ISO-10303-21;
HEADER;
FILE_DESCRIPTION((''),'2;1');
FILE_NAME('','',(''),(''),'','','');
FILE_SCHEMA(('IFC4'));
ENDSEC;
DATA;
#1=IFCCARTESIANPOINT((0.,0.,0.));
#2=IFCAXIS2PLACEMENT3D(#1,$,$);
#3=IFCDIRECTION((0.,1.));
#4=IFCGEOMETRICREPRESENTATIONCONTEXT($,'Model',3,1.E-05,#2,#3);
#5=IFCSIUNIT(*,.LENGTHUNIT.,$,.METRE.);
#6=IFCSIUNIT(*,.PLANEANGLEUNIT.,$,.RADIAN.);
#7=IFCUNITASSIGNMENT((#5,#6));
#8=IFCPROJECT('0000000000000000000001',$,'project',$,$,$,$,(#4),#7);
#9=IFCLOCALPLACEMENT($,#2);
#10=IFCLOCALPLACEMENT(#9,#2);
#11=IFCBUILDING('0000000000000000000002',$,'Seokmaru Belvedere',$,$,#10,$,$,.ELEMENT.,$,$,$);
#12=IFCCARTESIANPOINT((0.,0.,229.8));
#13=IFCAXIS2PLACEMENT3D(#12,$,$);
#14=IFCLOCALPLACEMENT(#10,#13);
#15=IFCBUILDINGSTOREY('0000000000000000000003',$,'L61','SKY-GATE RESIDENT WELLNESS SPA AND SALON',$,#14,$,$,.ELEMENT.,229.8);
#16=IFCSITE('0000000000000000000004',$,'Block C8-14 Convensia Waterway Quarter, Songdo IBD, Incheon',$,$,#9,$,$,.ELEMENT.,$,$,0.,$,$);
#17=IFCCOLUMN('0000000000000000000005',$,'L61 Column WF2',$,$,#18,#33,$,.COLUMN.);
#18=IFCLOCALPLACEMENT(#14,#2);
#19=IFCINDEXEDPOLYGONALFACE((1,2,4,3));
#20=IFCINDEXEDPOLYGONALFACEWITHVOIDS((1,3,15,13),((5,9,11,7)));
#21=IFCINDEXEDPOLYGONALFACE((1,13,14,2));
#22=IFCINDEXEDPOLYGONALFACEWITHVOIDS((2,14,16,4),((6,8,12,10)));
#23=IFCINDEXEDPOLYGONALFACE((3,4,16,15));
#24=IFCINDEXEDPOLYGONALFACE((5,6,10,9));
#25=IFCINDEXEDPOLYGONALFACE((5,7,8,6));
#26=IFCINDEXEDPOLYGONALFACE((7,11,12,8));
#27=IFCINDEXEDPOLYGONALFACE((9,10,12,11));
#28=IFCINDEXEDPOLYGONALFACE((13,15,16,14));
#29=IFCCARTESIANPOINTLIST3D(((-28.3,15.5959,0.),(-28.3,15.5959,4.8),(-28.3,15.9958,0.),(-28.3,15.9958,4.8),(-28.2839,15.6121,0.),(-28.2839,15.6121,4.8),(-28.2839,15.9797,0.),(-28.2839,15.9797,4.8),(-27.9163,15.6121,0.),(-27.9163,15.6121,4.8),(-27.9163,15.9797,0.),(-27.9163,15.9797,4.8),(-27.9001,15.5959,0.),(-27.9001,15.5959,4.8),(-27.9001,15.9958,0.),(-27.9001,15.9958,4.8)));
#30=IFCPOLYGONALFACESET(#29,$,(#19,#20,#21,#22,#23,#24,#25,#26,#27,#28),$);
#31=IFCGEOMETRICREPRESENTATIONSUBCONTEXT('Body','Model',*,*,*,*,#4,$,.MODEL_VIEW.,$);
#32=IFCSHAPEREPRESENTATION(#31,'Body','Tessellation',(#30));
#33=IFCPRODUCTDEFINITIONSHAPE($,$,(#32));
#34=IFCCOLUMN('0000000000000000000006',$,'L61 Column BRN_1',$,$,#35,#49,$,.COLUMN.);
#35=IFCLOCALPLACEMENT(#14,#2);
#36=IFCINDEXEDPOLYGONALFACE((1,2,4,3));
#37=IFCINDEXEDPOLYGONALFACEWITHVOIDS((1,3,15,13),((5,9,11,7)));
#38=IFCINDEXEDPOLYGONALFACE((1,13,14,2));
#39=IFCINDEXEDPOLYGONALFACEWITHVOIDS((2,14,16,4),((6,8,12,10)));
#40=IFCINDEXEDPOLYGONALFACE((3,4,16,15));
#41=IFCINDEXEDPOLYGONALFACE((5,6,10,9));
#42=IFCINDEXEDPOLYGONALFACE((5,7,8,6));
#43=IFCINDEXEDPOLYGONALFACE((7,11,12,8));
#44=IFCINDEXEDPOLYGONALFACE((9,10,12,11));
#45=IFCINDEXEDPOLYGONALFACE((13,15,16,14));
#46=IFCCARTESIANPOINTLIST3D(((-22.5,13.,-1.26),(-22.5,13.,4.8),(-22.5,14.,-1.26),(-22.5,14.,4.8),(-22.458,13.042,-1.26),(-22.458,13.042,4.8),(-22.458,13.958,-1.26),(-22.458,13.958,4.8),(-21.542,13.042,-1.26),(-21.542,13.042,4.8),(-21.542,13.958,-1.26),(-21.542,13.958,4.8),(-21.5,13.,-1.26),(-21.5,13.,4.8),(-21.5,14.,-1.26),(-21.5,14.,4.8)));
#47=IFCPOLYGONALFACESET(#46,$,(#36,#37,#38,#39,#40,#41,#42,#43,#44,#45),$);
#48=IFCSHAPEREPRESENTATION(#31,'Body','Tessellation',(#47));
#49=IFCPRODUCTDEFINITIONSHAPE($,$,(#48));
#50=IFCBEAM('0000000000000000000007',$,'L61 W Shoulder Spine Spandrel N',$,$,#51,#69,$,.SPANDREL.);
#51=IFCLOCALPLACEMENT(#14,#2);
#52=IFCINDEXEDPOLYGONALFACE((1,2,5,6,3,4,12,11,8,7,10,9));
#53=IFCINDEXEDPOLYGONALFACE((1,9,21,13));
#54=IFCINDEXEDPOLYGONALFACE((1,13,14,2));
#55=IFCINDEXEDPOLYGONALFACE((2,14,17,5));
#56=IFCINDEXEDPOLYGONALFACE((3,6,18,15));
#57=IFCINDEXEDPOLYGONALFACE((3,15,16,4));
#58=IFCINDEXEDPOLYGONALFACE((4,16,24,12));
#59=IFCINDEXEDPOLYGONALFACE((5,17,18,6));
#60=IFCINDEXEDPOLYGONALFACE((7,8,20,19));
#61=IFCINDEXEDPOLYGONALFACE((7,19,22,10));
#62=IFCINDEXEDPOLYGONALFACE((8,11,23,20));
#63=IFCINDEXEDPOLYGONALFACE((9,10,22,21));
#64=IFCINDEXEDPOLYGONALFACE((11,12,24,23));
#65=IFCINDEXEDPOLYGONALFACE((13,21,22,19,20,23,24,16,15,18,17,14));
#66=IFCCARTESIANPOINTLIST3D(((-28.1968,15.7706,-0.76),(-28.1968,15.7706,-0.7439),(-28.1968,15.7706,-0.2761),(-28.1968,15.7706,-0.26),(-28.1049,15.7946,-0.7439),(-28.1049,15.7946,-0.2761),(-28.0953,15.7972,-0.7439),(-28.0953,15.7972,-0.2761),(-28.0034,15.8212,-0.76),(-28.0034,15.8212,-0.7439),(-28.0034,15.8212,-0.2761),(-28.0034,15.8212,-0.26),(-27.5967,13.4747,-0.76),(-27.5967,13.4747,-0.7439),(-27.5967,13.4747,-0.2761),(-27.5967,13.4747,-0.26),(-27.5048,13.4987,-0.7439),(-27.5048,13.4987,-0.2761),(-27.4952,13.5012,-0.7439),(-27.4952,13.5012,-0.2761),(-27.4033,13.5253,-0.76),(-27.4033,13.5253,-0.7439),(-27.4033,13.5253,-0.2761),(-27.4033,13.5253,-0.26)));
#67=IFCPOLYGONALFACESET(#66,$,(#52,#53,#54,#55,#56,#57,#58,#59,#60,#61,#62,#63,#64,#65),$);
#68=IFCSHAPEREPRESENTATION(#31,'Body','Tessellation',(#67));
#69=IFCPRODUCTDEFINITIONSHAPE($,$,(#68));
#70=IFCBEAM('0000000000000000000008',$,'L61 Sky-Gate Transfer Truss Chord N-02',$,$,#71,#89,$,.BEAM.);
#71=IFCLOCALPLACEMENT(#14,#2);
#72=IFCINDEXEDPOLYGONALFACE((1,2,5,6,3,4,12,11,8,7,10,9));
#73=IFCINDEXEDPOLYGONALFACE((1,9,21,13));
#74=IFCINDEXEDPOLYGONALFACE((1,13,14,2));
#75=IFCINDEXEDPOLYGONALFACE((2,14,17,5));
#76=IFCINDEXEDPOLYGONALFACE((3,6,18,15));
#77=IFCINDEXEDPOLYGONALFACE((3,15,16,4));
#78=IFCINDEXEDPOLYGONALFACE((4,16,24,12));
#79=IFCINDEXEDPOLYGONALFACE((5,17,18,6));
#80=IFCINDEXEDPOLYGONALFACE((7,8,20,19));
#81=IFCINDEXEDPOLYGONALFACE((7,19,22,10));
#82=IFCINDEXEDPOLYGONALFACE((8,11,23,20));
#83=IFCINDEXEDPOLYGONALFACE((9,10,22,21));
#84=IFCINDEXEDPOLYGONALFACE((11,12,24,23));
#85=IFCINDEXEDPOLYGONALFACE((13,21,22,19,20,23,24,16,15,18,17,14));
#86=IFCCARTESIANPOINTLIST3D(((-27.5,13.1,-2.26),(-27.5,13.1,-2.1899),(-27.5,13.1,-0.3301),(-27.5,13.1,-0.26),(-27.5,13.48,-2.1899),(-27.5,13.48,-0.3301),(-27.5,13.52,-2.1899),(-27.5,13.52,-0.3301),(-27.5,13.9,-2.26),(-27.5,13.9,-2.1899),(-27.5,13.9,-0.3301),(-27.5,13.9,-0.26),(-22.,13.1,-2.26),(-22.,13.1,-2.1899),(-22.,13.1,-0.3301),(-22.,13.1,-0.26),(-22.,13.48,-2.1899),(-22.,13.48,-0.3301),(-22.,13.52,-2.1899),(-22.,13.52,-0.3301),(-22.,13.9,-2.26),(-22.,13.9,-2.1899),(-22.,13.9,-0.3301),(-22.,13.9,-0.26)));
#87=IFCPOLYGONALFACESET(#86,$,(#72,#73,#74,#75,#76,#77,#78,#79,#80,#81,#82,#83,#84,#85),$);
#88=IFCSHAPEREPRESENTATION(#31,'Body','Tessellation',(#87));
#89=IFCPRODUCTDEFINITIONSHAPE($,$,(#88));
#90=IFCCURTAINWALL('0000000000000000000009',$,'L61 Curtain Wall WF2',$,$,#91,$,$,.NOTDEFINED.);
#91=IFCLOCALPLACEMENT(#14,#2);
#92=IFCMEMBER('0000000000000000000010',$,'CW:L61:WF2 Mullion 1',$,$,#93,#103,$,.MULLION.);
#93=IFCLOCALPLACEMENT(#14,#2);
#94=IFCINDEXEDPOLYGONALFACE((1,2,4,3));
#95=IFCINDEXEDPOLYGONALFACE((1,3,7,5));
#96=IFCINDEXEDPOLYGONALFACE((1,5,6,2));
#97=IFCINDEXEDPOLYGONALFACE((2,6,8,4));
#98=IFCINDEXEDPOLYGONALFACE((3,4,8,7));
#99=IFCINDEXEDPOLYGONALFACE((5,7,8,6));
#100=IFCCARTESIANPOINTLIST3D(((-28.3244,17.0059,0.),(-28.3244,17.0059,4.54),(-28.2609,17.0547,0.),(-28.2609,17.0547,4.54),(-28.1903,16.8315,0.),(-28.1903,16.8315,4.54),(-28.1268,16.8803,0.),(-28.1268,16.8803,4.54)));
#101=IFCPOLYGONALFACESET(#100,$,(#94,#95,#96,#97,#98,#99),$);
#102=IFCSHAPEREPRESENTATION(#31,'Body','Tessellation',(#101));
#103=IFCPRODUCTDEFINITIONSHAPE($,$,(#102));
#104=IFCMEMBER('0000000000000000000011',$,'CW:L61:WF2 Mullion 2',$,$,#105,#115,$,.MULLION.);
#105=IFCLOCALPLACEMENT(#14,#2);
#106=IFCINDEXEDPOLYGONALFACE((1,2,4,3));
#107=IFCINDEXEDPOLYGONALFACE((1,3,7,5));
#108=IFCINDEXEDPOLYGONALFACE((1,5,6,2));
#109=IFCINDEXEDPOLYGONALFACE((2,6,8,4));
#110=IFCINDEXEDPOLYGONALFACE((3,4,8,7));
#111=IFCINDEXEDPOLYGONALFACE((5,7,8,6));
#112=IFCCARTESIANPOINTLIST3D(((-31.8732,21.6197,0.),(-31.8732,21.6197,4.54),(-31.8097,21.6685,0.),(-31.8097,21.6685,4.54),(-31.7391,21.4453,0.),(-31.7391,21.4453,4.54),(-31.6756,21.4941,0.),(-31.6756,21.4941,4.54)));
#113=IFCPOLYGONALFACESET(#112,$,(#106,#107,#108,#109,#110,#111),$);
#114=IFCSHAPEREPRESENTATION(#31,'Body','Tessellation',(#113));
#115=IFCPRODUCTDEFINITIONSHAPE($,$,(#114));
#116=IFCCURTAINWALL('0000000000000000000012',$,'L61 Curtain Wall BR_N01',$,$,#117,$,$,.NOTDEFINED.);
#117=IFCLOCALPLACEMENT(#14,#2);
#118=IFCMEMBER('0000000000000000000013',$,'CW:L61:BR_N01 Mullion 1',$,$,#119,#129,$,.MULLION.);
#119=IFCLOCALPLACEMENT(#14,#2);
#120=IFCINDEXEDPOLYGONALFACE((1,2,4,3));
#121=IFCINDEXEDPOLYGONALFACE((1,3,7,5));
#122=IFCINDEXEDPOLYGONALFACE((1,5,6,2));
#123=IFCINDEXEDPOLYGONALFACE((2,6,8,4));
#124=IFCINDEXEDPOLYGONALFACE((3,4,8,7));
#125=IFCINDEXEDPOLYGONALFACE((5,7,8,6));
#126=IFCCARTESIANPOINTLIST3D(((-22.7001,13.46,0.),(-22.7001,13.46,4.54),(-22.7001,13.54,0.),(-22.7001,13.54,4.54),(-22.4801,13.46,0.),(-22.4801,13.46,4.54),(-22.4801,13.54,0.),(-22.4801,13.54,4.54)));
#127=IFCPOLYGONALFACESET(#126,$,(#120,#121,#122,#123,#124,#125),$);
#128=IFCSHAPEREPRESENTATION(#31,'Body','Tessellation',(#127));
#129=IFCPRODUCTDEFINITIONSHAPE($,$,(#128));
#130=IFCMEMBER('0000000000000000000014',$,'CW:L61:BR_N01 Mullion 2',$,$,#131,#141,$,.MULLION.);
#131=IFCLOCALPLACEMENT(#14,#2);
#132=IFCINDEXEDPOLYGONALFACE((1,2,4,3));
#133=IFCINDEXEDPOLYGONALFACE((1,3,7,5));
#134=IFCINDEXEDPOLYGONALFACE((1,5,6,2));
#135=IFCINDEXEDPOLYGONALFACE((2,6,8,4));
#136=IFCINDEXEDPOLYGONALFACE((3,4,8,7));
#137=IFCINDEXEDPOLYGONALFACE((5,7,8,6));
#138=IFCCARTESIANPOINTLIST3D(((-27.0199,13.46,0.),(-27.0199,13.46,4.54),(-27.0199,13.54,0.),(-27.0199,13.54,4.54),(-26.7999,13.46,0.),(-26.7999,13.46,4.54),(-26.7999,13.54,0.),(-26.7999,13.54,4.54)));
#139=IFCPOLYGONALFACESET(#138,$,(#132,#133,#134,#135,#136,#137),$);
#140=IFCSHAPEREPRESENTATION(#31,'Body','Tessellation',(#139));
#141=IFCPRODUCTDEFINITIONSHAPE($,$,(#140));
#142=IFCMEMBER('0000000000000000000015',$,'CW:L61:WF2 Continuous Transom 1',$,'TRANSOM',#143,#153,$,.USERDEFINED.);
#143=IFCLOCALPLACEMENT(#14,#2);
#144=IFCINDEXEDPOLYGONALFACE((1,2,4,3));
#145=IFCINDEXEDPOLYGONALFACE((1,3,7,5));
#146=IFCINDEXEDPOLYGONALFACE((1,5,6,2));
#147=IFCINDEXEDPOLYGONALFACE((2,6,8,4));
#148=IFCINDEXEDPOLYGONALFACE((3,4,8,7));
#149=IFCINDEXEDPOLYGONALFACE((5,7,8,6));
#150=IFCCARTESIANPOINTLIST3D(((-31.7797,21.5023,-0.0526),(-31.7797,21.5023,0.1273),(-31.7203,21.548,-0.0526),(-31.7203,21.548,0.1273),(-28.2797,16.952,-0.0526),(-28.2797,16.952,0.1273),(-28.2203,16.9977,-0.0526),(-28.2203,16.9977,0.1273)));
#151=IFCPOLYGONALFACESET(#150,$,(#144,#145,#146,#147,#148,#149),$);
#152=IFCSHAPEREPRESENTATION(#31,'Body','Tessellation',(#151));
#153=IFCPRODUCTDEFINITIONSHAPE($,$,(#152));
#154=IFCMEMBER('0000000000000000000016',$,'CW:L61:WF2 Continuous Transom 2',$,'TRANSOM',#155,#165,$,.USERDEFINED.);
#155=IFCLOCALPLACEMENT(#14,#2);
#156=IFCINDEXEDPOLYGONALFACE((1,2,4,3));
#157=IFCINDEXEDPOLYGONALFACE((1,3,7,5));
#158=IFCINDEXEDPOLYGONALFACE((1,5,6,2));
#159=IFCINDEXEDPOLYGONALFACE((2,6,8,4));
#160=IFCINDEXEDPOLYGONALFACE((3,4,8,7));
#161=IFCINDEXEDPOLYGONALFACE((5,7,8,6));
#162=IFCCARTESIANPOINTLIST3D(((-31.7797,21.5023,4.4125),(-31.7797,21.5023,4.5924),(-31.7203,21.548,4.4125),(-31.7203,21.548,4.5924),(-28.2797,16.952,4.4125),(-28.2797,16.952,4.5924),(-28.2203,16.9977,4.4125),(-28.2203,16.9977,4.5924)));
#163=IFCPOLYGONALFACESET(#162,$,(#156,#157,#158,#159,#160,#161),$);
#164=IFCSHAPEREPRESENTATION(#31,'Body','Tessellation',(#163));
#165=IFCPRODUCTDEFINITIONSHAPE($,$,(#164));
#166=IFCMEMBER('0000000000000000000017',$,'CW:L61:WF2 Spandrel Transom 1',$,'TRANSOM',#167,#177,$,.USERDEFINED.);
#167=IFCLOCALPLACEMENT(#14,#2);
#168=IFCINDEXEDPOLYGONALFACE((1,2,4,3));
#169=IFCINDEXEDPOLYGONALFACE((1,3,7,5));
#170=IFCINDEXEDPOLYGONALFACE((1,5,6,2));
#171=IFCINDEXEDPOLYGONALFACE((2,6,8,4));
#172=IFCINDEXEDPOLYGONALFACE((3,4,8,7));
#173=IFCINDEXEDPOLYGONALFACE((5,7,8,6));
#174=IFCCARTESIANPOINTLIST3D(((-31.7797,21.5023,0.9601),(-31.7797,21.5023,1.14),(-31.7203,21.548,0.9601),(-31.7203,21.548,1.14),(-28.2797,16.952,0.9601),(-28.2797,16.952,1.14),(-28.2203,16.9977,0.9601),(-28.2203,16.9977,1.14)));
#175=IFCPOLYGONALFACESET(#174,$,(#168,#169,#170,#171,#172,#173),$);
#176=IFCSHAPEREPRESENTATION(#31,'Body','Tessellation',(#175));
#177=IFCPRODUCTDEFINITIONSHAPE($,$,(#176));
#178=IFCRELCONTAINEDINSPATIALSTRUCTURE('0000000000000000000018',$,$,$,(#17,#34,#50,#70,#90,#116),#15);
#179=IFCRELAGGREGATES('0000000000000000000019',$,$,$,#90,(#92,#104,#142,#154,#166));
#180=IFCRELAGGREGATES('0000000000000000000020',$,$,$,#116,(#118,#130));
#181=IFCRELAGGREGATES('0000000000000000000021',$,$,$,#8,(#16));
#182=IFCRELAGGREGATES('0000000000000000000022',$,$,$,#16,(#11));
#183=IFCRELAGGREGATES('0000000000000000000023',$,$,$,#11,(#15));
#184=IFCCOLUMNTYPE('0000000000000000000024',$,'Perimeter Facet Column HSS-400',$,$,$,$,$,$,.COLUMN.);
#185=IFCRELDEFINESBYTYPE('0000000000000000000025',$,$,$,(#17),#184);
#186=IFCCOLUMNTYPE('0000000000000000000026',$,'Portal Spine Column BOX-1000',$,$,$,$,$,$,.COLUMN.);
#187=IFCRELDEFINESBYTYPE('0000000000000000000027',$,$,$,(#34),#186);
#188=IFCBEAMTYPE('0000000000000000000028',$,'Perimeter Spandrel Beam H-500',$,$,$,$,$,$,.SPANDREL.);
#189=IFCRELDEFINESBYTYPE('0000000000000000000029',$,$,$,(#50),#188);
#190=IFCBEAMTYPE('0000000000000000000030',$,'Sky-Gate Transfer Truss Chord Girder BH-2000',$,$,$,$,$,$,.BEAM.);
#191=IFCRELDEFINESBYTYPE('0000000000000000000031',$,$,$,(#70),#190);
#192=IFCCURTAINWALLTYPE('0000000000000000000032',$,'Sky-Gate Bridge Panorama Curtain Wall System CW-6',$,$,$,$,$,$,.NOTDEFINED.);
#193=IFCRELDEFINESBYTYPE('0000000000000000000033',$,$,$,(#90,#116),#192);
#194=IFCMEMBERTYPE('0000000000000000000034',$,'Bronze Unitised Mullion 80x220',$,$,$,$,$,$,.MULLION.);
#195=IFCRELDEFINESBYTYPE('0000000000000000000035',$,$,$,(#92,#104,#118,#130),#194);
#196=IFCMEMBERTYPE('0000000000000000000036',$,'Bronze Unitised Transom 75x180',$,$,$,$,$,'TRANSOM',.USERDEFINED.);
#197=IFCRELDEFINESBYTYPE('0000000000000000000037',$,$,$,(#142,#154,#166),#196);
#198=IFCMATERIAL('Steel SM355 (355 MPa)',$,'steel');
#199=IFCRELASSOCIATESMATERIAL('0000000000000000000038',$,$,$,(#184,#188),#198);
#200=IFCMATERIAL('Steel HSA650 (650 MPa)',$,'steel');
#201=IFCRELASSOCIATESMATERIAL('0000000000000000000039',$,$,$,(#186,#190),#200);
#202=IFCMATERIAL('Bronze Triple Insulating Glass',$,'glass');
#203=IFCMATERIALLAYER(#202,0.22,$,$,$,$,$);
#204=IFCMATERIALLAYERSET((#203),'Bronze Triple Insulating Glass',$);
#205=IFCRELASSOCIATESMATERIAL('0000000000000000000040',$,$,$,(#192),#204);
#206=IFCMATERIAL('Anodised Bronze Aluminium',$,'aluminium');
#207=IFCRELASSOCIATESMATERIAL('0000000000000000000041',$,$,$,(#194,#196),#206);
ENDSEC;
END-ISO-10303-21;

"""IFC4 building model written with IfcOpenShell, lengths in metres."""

from ifc_helpers import new_model, si_unit, direction, frame, origin, origin_2d, place, context, subcontext, project, spatial, rectangle, hollow_rectangle, i_section, extrude, source, transform, mapped, material, layer, layer_set, material_profile, profile_set, type_object, type_shapes, element, aggregate, save


model = new_model("IFC4")

# Units and contexts
model_context = context("Model", 3, precision=1e-05, world=origin(), true_north=direction((0.0, 1.0)))
body_context = subcontext(model_context, "Body", "Model", "MODEL_VIEW")
ifc_project = project(units=[si_unit("LENGTHUNIT", "METRE"), si_unit("PLANEANGLEUNIT", "RADIAN")], contexts=[model_context])

# Site, building, storey
site_placement = place(None, origin())
site = spatial("IfcSite", under=ifc_project, at=site_placement, Name="Block C8-14 Convensia Waterway Quarter, Songdo IBD, Incheon", CompositionType="ELEMENT", RefElevation=0.0)
building_placement = place(site_placement, origin())
building = spatial("IfcBuilding", under=site, at=building_placement, Name="Seokmaru Belvedere", CompositionType="ELEMENT")
storey_placement = place(building_placement, frame((0.0, 0.0, 229.8)))
storey = spatial("IfcBuildingStorey", under=building, at=storey_placement, Name="L61", Description="SKY-GATE RESIDENT WELLNESS SPA AND SALON", CompositionType="ELEMENT", Elevation=229.8)

# Columns
ifc_material_1 = material(Name="Steel SM355 (355 MPa)", Category="steel")
ifc_material_profile_1 = material_profile(ifc_material_1, hollow_rectangle(XDim=0.3999, YDim=0.3999, WallThickness=0.0161, at=origin_2d()), Name="HSS-400x400x16")
ifc_profile_set_1 = profile_set([ifc_material_profile_1], Name="Steel SM355 (355 MPa)")
column_type_1 = type_object("IfcColumnType", Name="Perimeter Facet Column HSS-400", PredefinedType="COLUMN", material=ifc_profile_set_1)
shared_shape_1 = source(origin(), body_context, "Body", "SweptSolid", [
    extrude(hollow_rectangle(XDim=0.3999, YDim=0.3999, WallThickness=0.0161, at=origin_2d()), origin(), (0.0, 0.0, 1.0), 4.8),
])
type_shapes(column_type_1, [shared_shape_1])
column_1_placement = place(storey_placement, frame((-28.1001, 15.7959, 0.0), z_axis=(0.0, 0.0, 1.0), x_axis=(1.0, 0.0, 0.0)))
element("IfcColumn", 1, at=column_1_placement, inside=storey, type_object=column_type_1, Name="L61 Column WF2", PredefinedType="COLUMN", context=body_context, shape_type="MappedRepresentation", body=[
    mapped(shared_shape_1, transform((0.0, 0.0, 0.0), scale=1.0)),
])
ifc_material_2 = material(Name="Steel HSA650 (650 MPa)", Category="steel")
ifc_material_profile_2 = material_profile(ifc_material_2, hollow_rectangle(XDim=1.0, YDim=1.0, WallThickness=0.042, at=origin_2d()), Name="BOX-1000x1000x42")
ifc_profile_set_2 = profile_set([ifc_material_profile_2], Name="Steel HSA650 (650 MPa)")
column_type_2 = type_object("IfcColumnType", Name="Portal Spine Column BOX-1000", PredefinedType="COLUMN", material=ifc_profile_set_2)
shared_shape_2 = source(origin(), body_context, "Body", "SweptSolid", [
    extrude(hollow_rectangle(XDim=1.0, YDim=1.0, WallThickness=0.042, at=origin_2d()), origin(), (0.0, 0.0, 1.0), 6.0601),
])
type_shapes(column_type_2, [shared_shape_2])
column_2_placement = place(storey_placement, frame((-22.0, 13.5, -1.26), z_axis=(0.0, 0.0, 1.0), x_axis=(1.0, 0.0, 0.0)))
element("IfcColumn", 2, at=column_2_placement, inside=storey, type_object=column_type_2, Name="L61 Column BRN_1", PredefinedType="COLUMN", context=body_context, shape_type="MappedRepresentation", body=[
    mapped(shared_shape_2, transform((0.0, 0.0, 0.0), scale=1.0)),
])

# Beams
ifc_material_profile_3 = material_profile(ifc_material_1, i_section(OverallWidth=0.2, OverallDepth=0.5, WebThickness=0.01, FlangeThickness=0.0161, at=origin_2d()), Name="H-500x200x10x16")
ifc_profile_set_3 = profile_set([ifc_material_profile_3], Name="Steel SM355 (355 MPa)")
beam_type_1 = type_object("IfcBeamType", Name="Perimeter Spandrel Beam H-500", PredefinedType="SPANDREL", material=ifc_profile_set_3)
shared_shape_3 = source(origin(), body_context, "Body", "SweptSolid", [
    extrude(i_section(OverallWidth=0.2, OverallDepth=0.5, WebThickness=0.01, FlangeThickness=0.0161, at=origin_2d()), origin(), (0.0, 0.0, 1.0), 2.373),
])
type_shapes(beam_type_1, [shared_shape_3])
beam_1_placement = place(storey_placement, frame((-28.1001, 15.7959, -0.51), z_axis=(0.252883, -0.967497, 0.0), x_axis=(0.967497, 0.252883, 0.0)))
element("IfcBeam", 3, at=beam_1_placement, inside=storey, type_object=beam_type_1, Name="L61 W Shoulder Spine Spandrel N", PredefinedType="SPANDREL", context=body_context, shape_type="MappedRepresentation", body=[
    mapped(shared_shape_3, transform((0.0, 0.0, 0.0), scale=1.0)),
])
ifc_material_profile_4 = material_profile(ifc_material_2, i_section(OverallWidth=0.8, OverallDepth=2.0, WebThickness=0.04, FlangeThickness=0.0701, at=origin_2d()), Name="BH-2000x800x40x70")
ifc_profile_set_4 = profile_set([ifc_material_profile_4], Name="Steel HSA650 (650 MPa)")
beam_type_2 = type_object("IfcBeamType", Name="Sky-Gate Transfer Truss Chord Girder BH-2000", PredefinedType="BEAM", material=ifc_profile_set_4)
shared_shape_4 = source(origin(), body_context, "Body", "SweptSolid", [
    extrude(i_section(OverallWidth=0.8, OverallDepth=2.0, WebThickness=0.04, FlangeThickness=0.0701, at=origin_2d()), origin(), (0.0, 0.0, 1.0), 5.5),
])
type_shapes(beam_type_2, [shared_shape_4])
beam_2_placement = place(storey_placement, frame((-27.5, 13.5, -1.26), z_axis=(1.0, 0.0, 0.0), x_axis=(0.0, 1.0, 0.0)))
element("IfcBeam", 4, at=beam_2_placement, inside=storey, type_object=beam_type_2, Name="L61 Sky-Gate Transfer Truss Chord N-02", PredefinedType="BEAM", context=body_context, shape_type="MappedRepresentation", body=[
    mapped(shared_shape_4, transform((0.0, 0.0, 0.0), scale=1.0)),
])

# Curtain walls, members
ifc_material_3 = material(Name="Bronze Triple Insulating Glass", Category="glass")
ifc_layer_1 = layer(ifc_material_3, 0.22)
ifc_layer_set_1 = layer_set([ifc_layer_1], Name="Bronze Triple Insulating Glass")
curtain_wall_type = type_object("IfcCurtainWallType", Name="Sky-Gate Bridge Panorama Curtain Wall System CW-6", PredefinedType="NOTDEFINED", material=ifc_layer_set_1)
curtain_wall_1_placement = place(storey_placement, origin())
curtain_wall_1 = element("IfcCurtainWall", 5, at=curtain_wall_1_placement, inside=storey, type_object=curtain_wall_type, Name="L61 Curtain Wall WF2", PredefinedType="NOTDEFINED")
ifc_material_4 = material(Name="Anodised Bronze Aluminium", Category="aluminium")
ifc_material_profile_5 = material_profile(ifc_material_4, rectangle(XDim=0.0801, YDim=0.22, at=origin_2d()), Name="CW-M-80x220")
ifc_profile_set_5 = profile_set([ifc_material_profile_5], Name="Anodised Bronze Aluminium")
member_type_1 = type_object("IfcMemberType", Name="Bronze Unitised Mullion 80x220", PredefinedType="MULLION", material=ifc_profile_set_5)
shared_shape_5 = source(origin(), body_context, "Body", "SweptSolid", [
    extrude(rectangle(XDim=0.0801, YDim=0.22, at=origin_2d()), origin(), (0.0, 0.0, 1.0), 4.54),
])
type_shapes(member_type_1, [shared_shape_5])
member_1_placement = place(storey_placement, frame((-28.2256, 16.9431, 0.0), z_axis=(0.0, 0.0, 1.0), x_axis=(-0.792631, -0.609701, 0.0)))
member_1 = element("IfcMember", 6, at=member_1_placement, type_object=member_type_1, Name="CW:L61:WF2 Mullion 1", PredefinedType="MULLION", context=body_context, shape_type="MappedRepresentation", body=[
    mapped(shared_shape_5, transform((0.0, 0.0, 0.0), scale=1.0)),
])
member_2_placement = place(storey_placement, frame((-31.7744, 21.5569, 0.0), z_axis=(0.0, 0.0, 1.0), x_axis=(-0.792631, -0.609701, 0.0)))
member_2 = element("IfcMember", 7, at=member_2_placement, type_object=member_type_1, Name="CW:L61:WF2 Mullion 2", PredefinedType="MULLION", context=body_context, shape_type="MappedRepresentation", body=[
    mapped(shared_shape_5, transform((0.0, 0.0, 0.0), scale=1.0)),
])
curtain_wall_2_placement = place(storey_placement, origin())
curtain_wall_2 = element("IfcCurtainWall", 8, at=curtain_wall_2_placement, inside=storey, type_object=curtain_wall_type, Name="L61 Curtain Wall BR_N01", PredefinedType="NOTDEFINED")
member_3_placement = place(storey_placement, frame((-22.5901, 13.5, 0.0), z_axis=(0.0, 0.0, 1.0), x_axis=(0.0, -1.0, 0.0)))
member_3 = element("IfcMember", 9, at=member_3_placement, type_object=member_type_1, Name="CW:L61:BR_N01 Mullion 1", PredefinedType="MULLION", context=body_context, shape_type="MappedRepresentation", body=[
    mapped(shared_shape_5, transform((0.0, 0.0, 0.0), scale=1.0)),
])
member_4_placement = place(storey_placement, frame((-26.9099, 13.5, 0.0), z_axis=(0.0, 0.0, 1.0), x_axis=(0.0, -1.0, 0.0)))
member_4 = element("IfcMember", 10, at=member_4_placement, type_object=member_type_1, Name="CW:L61:BR_N01 Mullion 2", PredefinedType="MULLION", context=body_context, shape_type="MappedRepresentation", body=[
    mapped(shared_shape_5, transform((0.0, 0.0, 0.0), scale=1.0)),
])

# Members
ifc_material_profile_6 = material_profile(ifc_material_4, rectangle(XDim=0.075, YDim=0.1799, at=origin_2d()), Name="CW-T-75x180")
ifc_profile_set_6 = profile_set([ifc_material_profile_6], Name="Anodised Bronze Aluminium")
member_type_2 = type_object("IfcMemberType", Name="Bronze Unitised Transom 75x180", ElementType="TRANSOM", PredefinedType="USERDEFINED", material=ifc_profile_set_6)
shared_shape_6 = source(origin(), body_context, "Body", "SweptSolid", [
    extrude(rectangle(XDim=0.075, YDim=0.1799, at=origin_2d()), origin(), (0.0, 0.0, 1.0), 5.7407),
])
member_5_placement = place(storey_placement, frame((-28.25, 16.9749, 0.0374), z_axis=(-0.609686, 0.792643, 0.0), x_axis=(-0.792643, -0.609686, 0.0)))
member_5 = element("IfcMember", 11, at=member_5_placement, type_object=member_type_2, Name="CW:L61:WF2 Continuous Transom 1", ObjectType="TRANSOM", PredefinedType="USERDEFINED", context=body_context, shape_type="MappedRepresentation", body=[
    mapped(shared_shape_6, transform((0.0, 0.0, 0.0), scale=1.0)),
])
member_6_placement = place(storey_placement, frame((-28.25, 16.9749, 4.5024), z_axis=(-0.609686, 0.792643, 0.0), x_axis=(-0.792643, -0.609686, 0.0)))
member_6 = element("IfcMember", 12, at=member_6_placement, type_object=member_type_2, Name="CW:L61:WF2 Continuous Transom 2", ObjectType="TRANSOM", PredefinedType="USERDEFINED", context=body_context, shape_type="MappedRepresentation", body=[
    mapped(shared_shape_6, transform((0.0, 0.0, 0.0), scale=1.0)),
])
member_7_placement = place(storey_placement, frame((-28.25, 16.9749, 1.05), z_axis=(-0.609686, 0.792643, 0.0), x_axis=(-0.792643, -0.609686, 0.0)))
member_7 = element("IfcMember", 13, at=member_7_placement, type_object=member_type_2, Name="CW:L61:WF2 Spandrel Transom 1", ObjectType="TRANSOM", PredefinedType="USERDEFINED", context=body_context, shape_type="MappedRepresentation", body=[
    mapped(shared_shape_6, transform((0.0, 0.0, 0.0), scale=1.0)),
])

aggregate(curtain_wall_1, [member_1, member_2, member_5, member_6, member_7])
aggregate(curtain_wall_2, [member_3, member_4])

save(model, "model.ifc")
